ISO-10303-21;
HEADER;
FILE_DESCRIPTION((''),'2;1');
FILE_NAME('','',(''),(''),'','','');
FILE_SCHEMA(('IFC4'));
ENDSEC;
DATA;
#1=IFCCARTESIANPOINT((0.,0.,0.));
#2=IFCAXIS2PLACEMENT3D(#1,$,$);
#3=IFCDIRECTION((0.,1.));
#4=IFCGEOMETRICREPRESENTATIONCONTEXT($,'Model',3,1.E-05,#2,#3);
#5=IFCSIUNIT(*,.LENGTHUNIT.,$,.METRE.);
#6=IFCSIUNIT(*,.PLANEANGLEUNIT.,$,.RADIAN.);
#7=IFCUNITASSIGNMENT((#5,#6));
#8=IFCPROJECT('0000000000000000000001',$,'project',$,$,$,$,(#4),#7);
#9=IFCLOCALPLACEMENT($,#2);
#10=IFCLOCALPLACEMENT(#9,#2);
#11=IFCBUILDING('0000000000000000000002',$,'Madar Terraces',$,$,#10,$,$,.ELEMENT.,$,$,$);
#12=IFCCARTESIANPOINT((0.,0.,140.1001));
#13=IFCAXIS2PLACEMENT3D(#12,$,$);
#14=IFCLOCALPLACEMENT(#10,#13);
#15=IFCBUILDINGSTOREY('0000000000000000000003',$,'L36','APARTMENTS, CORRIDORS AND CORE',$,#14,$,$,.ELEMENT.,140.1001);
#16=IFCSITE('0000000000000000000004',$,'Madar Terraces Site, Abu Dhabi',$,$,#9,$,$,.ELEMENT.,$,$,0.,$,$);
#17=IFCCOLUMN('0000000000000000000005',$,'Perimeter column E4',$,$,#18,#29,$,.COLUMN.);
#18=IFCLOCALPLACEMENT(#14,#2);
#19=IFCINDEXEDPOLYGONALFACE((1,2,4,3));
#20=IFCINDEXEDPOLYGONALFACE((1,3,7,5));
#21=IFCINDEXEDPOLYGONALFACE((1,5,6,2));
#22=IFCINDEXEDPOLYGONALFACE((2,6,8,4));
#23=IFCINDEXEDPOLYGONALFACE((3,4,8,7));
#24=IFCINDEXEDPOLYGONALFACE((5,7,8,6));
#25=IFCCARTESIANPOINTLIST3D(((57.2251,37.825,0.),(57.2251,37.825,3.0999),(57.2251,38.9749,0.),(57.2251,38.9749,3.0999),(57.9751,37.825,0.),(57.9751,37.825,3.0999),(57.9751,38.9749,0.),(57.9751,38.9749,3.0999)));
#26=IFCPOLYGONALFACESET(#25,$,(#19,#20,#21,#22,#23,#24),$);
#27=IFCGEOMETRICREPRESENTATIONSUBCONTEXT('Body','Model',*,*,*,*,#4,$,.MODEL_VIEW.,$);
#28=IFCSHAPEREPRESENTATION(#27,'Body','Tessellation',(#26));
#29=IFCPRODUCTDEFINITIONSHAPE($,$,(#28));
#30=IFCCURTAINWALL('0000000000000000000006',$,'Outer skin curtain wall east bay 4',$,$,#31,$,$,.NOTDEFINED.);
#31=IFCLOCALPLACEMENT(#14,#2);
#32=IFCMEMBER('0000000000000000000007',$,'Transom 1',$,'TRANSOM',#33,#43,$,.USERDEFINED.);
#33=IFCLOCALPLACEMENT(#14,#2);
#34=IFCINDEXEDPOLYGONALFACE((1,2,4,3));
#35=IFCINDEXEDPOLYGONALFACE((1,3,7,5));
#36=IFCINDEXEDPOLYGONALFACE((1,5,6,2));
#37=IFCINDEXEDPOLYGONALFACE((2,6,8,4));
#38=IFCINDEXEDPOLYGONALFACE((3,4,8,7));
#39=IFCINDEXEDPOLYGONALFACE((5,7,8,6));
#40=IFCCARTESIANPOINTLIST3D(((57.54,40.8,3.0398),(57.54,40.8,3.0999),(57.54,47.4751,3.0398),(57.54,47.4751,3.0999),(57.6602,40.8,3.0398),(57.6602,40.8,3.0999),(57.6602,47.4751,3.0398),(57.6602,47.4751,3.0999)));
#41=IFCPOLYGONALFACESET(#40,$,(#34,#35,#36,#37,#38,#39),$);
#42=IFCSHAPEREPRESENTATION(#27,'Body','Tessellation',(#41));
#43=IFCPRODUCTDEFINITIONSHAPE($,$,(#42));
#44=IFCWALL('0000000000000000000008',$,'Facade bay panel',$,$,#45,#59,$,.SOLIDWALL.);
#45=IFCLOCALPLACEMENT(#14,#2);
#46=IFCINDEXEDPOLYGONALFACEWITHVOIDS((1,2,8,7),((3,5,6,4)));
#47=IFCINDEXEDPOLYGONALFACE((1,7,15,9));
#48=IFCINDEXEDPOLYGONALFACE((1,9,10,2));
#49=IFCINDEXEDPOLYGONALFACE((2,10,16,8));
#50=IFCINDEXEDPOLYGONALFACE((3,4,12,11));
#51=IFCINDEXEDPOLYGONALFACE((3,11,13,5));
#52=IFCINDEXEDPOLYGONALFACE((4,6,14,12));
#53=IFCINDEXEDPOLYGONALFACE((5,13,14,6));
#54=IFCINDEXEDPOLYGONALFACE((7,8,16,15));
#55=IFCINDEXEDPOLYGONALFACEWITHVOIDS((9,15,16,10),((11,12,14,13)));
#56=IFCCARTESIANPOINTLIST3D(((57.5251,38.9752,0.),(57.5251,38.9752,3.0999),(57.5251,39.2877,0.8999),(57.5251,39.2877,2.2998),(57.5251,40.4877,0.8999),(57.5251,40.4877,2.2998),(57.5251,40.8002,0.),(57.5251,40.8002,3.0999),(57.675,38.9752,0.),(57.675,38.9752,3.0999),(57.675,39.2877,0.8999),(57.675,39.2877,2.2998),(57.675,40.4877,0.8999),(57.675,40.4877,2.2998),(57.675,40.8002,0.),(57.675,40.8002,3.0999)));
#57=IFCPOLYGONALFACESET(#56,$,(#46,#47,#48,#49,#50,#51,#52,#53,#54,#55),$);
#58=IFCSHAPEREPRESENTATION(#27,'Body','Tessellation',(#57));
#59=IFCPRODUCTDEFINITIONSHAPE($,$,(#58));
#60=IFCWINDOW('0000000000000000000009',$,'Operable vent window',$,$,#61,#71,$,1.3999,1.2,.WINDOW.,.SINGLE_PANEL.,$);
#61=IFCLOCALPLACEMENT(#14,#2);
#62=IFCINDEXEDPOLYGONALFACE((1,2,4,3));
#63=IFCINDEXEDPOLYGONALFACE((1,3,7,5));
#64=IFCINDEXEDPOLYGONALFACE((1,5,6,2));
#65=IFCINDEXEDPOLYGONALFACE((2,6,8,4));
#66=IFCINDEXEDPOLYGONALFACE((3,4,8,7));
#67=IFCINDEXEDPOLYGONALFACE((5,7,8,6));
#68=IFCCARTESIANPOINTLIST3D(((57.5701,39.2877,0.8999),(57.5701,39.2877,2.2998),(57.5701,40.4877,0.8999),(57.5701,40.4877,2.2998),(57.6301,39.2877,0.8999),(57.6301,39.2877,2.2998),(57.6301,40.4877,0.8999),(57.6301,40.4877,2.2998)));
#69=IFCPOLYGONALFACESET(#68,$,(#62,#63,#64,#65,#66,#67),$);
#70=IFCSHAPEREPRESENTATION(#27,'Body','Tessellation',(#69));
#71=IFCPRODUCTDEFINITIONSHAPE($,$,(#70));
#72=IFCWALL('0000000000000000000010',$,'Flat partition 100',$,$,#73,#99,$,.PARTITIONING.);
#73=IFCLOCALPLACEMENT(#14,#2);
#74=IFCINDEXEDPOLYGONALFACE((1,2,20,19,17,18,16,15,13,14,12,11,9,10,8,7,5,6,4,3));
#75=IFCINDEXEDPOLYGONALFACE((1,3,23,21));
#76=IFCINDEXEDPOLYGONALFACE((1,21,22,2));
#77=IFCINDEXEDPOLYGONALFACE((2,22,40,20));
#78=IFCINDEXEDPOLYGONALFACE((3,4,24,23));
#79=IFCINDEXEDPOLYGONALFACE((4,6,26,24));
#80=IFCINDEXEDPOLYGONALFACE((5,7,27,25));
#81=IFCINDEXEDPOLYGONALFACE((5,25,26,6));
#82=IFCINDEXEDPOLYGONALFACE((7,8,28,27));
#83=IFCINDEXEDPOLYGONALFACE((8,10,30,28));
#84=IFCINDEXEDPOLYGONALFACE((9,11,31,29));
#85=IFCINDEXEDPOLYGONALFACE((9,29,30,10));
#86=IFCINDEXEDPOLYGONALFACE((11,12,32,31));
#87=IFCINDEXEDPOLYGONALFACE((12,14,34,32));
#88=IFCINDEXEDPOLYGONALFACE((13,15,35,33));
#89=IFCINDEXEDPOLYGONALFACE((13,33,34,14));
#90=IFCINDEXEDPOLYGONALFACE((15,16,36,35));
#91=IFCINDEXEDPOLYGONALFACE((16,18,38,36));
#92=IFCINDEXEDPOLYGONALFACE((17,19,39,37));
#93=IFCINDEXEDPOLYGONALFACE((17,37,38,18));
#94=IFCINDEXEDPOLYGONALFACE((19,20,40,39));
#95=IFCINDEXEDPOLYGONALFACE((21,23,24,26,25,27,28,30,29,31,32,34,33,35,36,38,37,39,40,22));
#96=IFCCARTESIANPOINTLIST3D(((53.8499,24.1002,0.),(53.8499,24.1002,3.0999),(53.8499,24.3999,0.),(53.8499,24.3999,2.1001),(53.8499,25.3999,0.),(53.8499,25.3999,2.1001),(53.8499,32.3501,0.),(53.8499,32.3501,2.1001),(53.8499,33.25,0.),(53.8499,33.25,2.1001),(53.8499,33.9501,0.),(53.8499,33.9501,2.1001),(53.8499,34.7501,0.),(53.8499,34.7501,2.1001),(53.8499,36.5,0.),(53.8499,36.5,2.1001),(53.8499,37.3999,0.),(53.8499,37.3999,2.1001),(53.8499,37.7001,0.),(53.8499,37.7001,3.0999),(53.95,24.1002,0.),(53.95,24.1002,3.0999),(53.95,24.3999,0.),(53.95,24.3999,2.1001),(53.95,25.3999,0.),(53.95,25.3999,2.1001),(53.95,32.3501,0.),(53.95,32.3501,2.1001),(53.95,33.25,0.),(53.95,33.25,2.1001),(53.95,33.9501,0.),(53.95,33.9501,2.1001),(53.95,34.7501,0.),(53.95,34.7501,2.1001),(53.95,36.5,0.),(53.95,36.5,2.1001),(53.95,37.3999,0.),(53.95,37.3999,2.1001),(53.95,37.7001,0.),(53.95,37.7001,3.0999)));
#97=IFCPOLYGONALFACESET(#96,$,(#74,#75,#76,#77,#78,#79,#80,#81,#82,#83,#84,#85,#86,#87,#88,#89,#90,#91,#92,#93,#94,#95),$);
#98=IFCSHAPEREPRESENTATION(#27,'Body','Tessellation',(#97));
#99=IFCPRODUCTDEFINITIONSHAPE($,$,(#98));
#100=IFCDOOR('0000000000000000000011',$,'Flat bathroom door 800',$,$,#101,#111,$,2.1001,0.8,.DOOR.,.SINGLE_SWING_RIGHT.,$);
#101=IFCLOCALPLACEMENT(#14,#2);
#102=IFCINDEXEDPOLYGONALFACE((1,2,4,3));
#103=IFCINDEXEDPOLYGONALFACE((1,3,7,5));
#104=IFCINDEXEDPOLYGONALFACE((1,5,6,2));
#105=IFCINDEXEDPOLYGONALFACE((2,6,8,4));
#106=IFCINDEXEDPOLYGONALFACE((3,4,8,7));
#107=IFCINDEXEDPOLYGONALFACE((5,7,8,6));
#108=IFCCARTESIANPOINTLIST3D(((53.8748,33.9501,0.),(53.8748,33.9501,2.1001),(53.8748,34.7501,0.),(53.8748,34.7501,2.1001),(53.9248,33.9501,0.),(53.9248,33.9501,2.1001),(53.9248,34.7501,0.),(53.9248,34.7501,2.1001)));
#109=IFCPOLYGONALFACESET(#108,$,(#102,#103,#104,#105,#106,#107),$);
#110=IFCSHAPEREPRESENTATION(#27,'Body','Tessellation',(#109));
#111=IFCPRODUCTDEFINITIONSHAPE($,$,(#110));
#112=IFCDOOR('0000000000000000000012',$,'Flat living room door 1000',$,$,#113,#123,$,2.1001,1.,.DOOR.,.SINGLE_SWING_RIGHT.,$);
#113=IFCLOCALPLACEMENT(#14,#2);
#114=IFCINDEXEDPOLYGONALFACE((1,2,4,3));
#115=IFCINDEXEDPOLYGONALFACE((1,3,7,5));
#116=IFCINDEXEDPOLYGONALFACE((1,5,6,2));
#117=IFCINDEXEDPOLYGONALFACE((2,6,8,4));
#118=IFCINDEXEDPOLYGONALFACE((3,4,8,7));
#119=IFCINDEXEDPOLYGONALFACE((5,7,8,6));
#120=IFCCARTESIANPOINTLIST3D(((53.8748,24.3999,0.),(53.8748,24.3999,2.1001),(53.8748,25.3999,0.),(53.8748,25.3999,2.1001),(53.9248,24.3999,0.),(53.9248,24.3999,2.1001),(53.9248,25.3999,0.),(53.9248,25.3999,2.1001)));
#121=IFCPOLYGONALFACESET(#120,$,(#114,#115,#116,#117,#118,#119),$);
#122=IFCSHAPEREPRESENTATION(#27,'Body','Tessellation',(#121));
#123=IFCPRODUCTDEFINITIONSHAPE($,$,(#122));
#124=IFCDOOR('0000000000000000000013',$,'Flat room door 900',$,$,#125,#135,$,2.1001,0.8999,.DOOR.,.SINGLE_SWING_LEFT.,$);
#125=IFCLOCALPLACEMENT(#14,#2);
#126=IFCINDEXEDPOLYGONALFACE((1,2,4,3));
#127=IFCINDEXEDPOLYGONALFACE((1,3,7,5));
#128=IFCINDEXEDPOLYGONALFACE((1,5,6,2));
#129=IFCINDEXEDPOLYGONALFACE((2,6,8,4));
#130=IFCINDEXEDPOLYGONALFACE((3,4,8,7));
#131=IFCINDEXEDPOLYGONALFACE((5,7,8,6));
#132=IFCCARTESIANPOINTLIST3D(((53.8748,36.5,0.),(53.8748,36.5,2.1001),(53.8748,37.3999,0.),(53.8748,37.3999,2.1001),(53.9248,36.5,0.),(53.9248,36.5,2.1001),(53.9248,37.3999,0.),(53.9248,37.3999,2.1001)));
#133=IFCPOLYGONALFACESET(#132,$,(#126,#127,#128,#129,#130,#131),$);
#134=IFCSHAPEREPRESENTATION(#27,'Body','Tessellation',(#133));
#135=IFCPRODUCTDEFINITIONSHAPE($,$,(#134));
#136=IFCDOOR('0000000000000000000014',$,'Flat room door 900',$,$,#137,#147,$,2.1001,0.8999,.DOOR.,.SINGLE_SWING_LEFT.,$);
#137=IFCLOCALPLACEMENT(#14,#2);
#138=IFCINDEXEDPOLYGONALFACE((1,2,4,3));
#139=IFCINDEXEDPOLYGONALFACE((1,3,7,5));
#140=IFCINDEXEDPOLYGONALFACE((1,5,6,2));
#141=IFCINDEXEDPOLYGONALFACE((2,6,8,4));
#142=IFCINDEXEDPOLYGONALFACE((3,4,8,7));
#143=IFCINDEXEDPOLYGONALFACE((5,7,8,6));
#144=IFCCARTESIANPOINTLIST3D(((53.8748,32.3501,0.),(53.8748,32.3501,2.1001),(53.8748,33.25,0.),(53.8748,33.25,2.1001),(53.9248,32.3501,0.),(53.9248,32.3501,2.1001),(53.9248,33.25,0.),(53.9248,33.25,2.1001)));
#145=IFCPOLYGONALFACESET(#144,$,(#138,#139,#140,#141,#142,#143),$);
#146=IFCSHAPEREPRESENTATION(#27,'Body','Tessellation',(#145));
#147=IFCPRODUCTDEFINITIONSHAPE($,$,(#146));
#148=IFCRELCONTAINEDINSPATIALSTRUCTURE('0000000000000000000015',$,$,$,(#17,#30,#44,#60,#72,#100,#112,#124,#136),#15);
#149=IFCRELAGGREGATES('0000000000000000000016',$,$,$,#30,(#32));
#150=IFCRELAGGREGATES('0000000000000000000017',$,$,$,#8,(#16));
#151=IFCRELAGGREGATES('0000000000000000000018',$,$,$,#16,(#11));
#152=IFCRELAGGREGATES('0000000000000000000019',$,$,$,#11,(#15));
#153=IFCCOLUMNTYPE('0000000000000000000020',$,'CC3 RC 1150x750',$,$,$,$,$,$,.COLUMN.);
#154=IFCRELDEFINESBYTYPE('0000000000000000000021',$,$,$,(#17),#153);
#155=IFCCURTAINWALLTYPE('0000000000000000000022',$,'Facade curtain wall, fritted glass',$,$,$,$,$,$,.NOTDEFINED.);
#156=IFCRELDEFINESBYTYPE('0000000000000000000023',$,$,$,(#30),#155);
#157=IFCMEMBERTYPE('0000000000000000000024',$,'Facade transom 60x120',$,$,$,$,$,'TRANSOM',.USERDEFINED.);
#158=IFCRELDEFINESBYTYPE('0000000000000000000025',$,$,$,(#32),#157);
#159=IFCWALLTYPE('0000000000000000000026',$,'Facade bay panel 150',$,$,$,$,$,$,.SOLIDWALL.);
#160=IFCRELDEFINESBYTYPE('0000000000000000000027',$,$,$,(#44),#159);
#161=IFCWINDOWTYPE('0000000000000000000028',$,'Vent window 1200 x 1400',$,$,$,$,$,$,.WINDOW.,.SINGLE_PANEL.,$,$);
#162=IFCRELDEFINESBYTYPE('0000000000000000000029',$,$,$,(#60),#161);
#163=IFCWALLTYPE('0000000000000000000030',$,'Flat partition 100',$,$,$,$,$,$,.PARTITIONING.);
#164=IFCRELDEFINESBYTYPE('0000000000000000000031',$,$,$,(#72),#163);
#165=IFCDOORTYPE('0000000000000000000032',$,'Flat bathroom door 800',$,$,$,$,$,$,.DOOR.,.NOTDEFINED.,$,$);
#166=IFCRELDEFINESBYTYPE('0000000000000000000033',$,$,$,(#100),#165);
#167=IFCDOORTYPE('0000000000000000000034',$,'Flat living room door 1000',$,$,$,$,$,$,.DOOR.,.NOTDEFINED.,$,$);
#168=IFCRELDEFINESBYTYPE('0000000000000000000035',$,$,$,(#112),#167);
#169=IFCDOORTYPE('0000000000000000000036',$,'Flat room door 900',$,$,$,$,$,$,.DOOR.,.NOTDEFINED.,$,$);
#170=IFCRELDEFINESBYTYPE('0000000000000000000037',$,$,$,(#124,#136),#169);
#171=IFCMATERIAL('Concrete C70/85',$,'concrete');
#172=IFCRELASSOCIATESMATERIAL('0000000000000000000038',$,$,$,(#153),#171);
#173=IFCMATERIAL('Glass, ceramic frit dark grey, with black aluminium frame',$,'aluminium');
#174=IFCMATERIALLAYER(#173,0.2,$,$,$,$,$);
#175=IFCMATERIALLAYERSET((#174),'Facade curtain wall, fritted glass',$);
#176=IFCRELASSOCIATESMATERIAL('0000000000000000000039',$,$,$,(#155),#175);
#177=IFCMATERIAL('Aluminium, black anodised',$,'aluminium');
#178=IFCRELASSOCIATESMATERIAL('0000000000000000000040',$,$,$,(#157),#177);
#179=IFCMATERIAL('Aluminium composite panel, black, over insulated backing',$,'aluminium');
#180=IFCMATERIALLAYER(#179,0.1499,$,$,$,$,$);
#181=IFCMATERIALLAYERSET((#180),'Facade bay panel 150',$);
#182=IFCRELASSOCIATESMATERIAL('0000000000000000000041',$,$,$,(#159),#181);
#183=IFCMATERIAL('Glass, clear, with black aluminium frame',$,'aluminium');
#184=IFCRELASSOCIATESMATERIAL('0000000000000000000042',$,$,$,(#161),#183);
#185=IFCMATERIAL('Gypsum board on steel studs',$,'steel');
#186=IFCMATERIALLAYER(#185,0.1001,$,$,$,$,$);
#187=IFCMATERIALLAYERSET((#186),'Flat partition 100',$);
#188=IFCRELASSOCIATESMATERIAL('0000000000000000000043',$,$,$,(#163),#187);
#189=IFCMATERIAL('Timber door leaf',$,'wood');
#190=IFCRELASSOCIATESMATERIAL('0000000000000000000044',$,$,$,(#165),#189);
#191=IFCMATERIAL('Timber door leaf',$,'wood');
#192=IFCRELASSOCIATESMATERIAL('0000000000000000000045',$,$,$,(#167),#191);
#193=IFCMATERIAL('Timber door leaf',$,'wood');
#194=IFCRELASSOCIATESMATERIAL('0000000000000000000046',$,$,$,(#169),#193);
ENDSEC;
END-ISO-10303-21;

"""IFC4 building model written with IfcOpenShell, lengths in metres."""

from ifc_helpers import new_model, si_unit, direction, frame, frame_2d, origin, origin_2d, place, context, subcontext, project, spatial, rectangle, extrude, material, layer, layer_set, material_profile, profile_set, type_object, element, fill, aggregate, save


model = new_model("IFC4")

# Units and contexts
model_context = context("Model", 3, precision=1e-05, world=origin(), true_north=direction((0.0, 1.0)))
body_context = subcontext(model_context, "Body", "Model", "MODEL_VIEW")
ifc_project = project(units=[si_unit("LENGTHUNIT", "METRE"), si_unit("PLANEANGLEUNIT", "RADIAN")], contexts=[model_context])

# Site, building, storey
site_placement = place(None, origin())
site = spatial("IfcSite", under=ifc_project, at=site_placement, Name="Madar Terraces Site, Abu Dhabi", CompositionType="ELEMENT", RefElevation=0.0)
building_placement = place(site_placement, origin())
building = spatial("IfcBuilding", under=site, at=building_placement, Name="Madar Terraces", CompositionType="ELEMENT")
storey_placement = place(building_placement, frame((0.0, 0.0, 140.1001)))
storey = spatial("IfcBuildingStorey", under=building, at=storey_placement, Name="L36", Description="APARTMENTS, CORRIDORS AND CORE", CompositionType="ELEMENT", Elevation=140.1001)

# Column
ifc_material_1 = material(Name="Concrete C70/85", Category="concrete")
ifc_material_profile_1 = material_profile(ifc_material_1, rectangle(XDim=1.1499, YDim=0.75, at=origin_2d()), Name="CC3 RC 1150x750")
ifc_profile_set_1 = profile_set([ifc_material_profile_1], Name="Concrete C70/85")
column_type = type_object("IfcColumnType", Name="CC3 RC 1150x750", PredefinedType="COLUMN", material=ifc_profile_set_1)
column_placement = place(storey_placement, frame((57.6001, 38.3999, 0.0), z_axis=(0.0, 0.0, 1.0), x_axis=(0.0, 1.0, 0.0)))
element("IfcColumn", 1, at=column_placement, inside=storey, type_object=column_type, Name="Perimeter column E4", PredefinedType="COLUMN", context=body_context, shape_type="SweptSolid", body=[
    extrude(rectangle(XDim=1.1499, YDim=0.75, at=origin_2d()), origin(), (0.0, 0.0, 1.0), 3.0999),
])

# Curtain wall, member
ifc_material_2 = material(Name="Glass, ceramic frit dark grey, with black aluminium frame", Category="aluminium")
ifc_layer_1 = layer(ifc_material_2, 0.2)
ifc_layer_set_1 = layer_set([ifc_layer_1], Name="Facade curtain wall, fritted glass")
curtain_wall_type = type_object("IfcCurtainWallType", Name="Facade curtain wall, fritted glass", PredefinedType="NOTDEFINED", material=ifc_layer_set_1)
curtain_wall_placement = place(storey_placement, origin())
curtain_wall = element("IfcCurtainWall", 2, at=curtain_wall_placement, inside=storey, type_object=curtain_wall_type, Name="Outer skin curtain wall east bay 4", PredefinedType="NOTDEFINED")
ifc_material_3 = material(Name="Aluminium, black anodised", Category="aluminium")
ifc_material_profile_2 = material_profile(ifc_material_3, rectangle(XDim=0.1201, YDim=0.0601, at=origin_2d()), Name="Facade transom 60x120")
ifc_profile_set_2 = profile_set([ifc_material_profile_2], Name="Aluminium, black anodised")
member_type = type_object("IfcMemberType", Name="Facade transom 60x120", ElementType="TRANSOM", PredefinedType="USERDEFINED", material=ifc_profile_set_2)
member_placement = place(storey_placement, frame((57.6001, 40.8, 3.0698), z_axis=(0.0, 1.0, 0.0), x_axis=(-1.0, 0.0, 0.0)))
member = element("IfcMember", 3, at=member_placement, type_object=member_type, Name="Transom 1", ObjectType="TRANSOM", PredefinedType="USERDEFINED", context=body_context, shape_type="SweptSolid", body=[
    extrude(rectangle(XDim=0.1201, YDim=0.0601, at=origin_2d()), origin(), (0.0, 0.0, 1.0), 6.675),
])
aggregate(curtain_wall, [member])

# Wall, opening, window
ifc_material_4 = material(Name="Aluminium composite panel, black, over insulated backing", Category="aluminium")
ifc_layer_2 = layer(ifc_material_4, 0.1499)
ifc_layer_set_2 = layer_set([ifc_layer_2], Name="Facade bay panel 150")
wall_type_1 = type_object("IfcWallType", Name="Facade bay panel 150", PredefinedType="SOLIDWALL", material=ifc_layer_set_2)
wall_1_placement = place(storey_placement, frame((57.6001, 38.9751, 0.0), z_axis=(0.0, 0.0, 1.0), x_axis=(0.0, 1.0, 0.0)))
wall_1 = element("IfcWall", 4, at=wall_1_placement, inside=storey, type_object=wall_type_1, Name="Facade bay panel", PredefinedType="SOLIDWALL", context=body_context, shape_type="SweptSolid", body=[
    extrude(rectangle(XDim=1.825, YDim=0.1499, at=frame_2d((0.9126, 0.0))), origin(), (0.0, 0.0, 1.0), 3.0999),
])
opening_1_placement = place(wall_1_placement, frame((0.3125, 0.0, 0.8999)))
opening_1 = element("IfcOpeningElement", 5, at=opening_1_placement, cuts=wall_1, PredefinedType="OPENING", context=body_context, shape_type="SweptSolid", body=[
    extrude(rectangle(XDim=1.2, YDim=1.3999, at=frame_2d((0.6001, 0.7))), frame((0.0, 0.085, 0.0), z_axis=(0.0, -1.0, 0.0), x_axis=(1.0, 0.0, 0.0)), (0.0, 0.0, 1.0), 0.1699),
])
ifc_material_5 = material(Name="Glass, clear, with black aluminium frame", Category="aluminium")
window_type = type_object("IfcWindowType", Name="Vent window 1200 x 1400", PartitioningType="SINGLE_PANEL", PredefinedType="WINDOW", material=ifc_material_5)
window_placement = place(opening_1_placement, origin())
window = element("IfcWindow", 6, at=window_placement, inside=storey, type_object=window_type, Name="Operable vent window", OverallHeight=1.3999, OverallWidth=1.2, PartitioningType="SINGLE_PANEL", PredefinedType="WINDOW", context=body_context, shape_type="SweptSolid", body=[
    extrude(rectangle(XDim=1.2, YDim=1.3999, at=frame_2d((0.6001, 0.7))), frame((0.0, 0.03, 0.0), z_axis=(0.0, -1.0, 0.0), x_axis=(1.0, 0.0, 0.0)), (0.0, 0.0, 1.0), 0.0601),
])
fill(opening_1, window)

# Wall, openings, doors
ifc_material_6 = material(Name="Gypsum board on steel studs", Category="steel")
ifc_layer_3 = layer(ifc_material_6, 0.1001)
ifc_layer_set_3 = layer_set([ifc_layer_3], Name="Flat partition 100")
wall_type_2 = type_object("IfcWallType", Name="Flat partition 100", PredefinedType="PARTITIONING", material=ifc_layer_set_3)
wall_2_placement = place(storey_placement, frame((53.8999, 37.7, 0.0), z_axis=(0.0, 0.0, 1.0), x_axis=(0.0, -1.0, 0.0)))
wall_2 = element("IfcWall", 7, at=wall_2_placement, inside=storey, type_object=wall_type_2, Name="Flat partition 100", PredefinedType="PARTITIONING", context=body_context, shape_type="SweptSolid", body=[
    extrude(rectangle(XDim=13.5999, YDim=0.1001, at=frame_2d((6.7998, 0.0))), origin(), (0.0, 0.0, 1.0), 3.0999),
])
opening_2_placement = place(wall_2_placement, frame((0.3, 0.0, 0.0)))
opening_2 = element("IfcOpeningElement", 8, at=opening_2_placement, cuts=wall_2, PredefinedType="OPENING", context=body_context, shape_type="SweptSolid", body=[
    extrude(rectangle(XDim=0.8999, YDim=2.1001, at=frame_2d((0.45, 1.05))), frame((0.0, 0.0601, 0.0), z_axis=(0.0, -1.0, 0.0), x_axis=(1.0, 0.0, 0.0)), (0.0, 0.0, 1.0), 0.1201),
])
opening_3_placement = place(wall_2_placement, frame((2.95, 0.0, 0.0)))
opening_3 = element("IfcOpeningElement", 9, at=opening_3_placement, cuts=wall_2, PredefinedType="OPENING", context=body_context, shape_type="SweptSolid", body=[
    extrude(rectangle(XDim=0.8, YDim=2.1001, at=frame_2d((0.3999, 1.05))), frame((0.0, 0.0601, 0.0), z_axis=(0.0, -1.0, 0.0), x_axis=(1.0, 0.0, 0.0)), (0.0, 0.0, 1.0), 0.1201),
])
opening_4_placement = place(wall_2_placement, frame((4.45, 0.0, 0.0)))
opening_4 = element("IfcOpeningElement", 10, at=opening_4_placement, cuts=wall_2, PredefinedType="OPENING", context=body_context, shape_type="SweptSolid", body=[
    extrude(rectangle(XDim=0.8999, YDim=2.1001, at=frame_2d((0.45, 1.05))), frame((0.0, 0.0601, 0.0), z_axis=(0.0, -1.0, 0.0), x_axis=(1.0, 0.0, 0.0)), (0.0, 0.0, 1.0), 0.1201),
])
opening_5_placement = place(wall_2_placement, frame((12.3, 0.0, 0.0)))
opening_5 = element("IfcOpeningElement", 11, at=opening_5_placement, cuts=wall_2, PredefinedType="OPENING", context=body_context, shape_type="SweptSolid", body=[
    extrude(rectangle(XDim=1.0, YDim=2.1001, at=frame_2d((0.5, 1.05))), frame((0.0, 0.0601, 0.0), z_axis=(0.0, -1.0, 0.0), x_axis=(1.0, 0.0, 0.0)), (0.0, 0.0, 1.0), 0.1201),
])
ifc_material_7 = material(Name="Timber door leaf", Category="wood")
door_type_1 = type_object("IfcDoorType", Name="Flat bathroom door 800", OperationType="NOTDEFINED", PredefinedType="DOOR", material=ifc_material_7)
door_1_placement = place(opening_3_placement, origin())
door_1 = element("IfcDoor", 12, at=door_1_placement, inside=storey, type_object=door_type_1, Name="Flat bathroom door 800", OperationType="SINGLE_SWING_RIGHT", OverallHeight=2.1001, OverallWidth=0.8, PredefinedType="DOOR", context=body_context, shape_type="SweptSolid", body=[
    extrude(rectangle(XDim=0.8, YDim=2.1001, at=frame_2d((0.3999, 1.05))), frame((0.0, 0.0249, 0.0), z_axis=(0.0, -1.0, 0.0), x_axis=(1.0, 0.0, 0.0)), (0.0, 0.0, 1.0), 0.05),
])
fill(opening_3, door_1)
ifc_material_8 = material(Name="Timber door leaf", Category="wood")
door_type_2 = type_object("IfcDoorType", Name="Flat living room door 1000", OperationType="NOTDEFINED", PredefinedType="DOOR", material=ifc_material_8)
door_2_placement = place(opening_5_placement, origin())
door_2 = element("IfcDoor", 13, at=door_2_placement, inside=storey, type_object=door_type_2, Name="Flat living room door 1000", OperationType="SINGLE_SWING_RIGHT", OverallHeight=2.1001, OverallWidth=1.0, PredefinedType="DOOR", context=body_context, shape_type="SweptSolid", body=[
    extrude(rectangle(XDim=1.0, YDim=2.1001, at=frame_2d((0.5, 1.05))), frame((0.0, 0.0249, 0.0), z_axis=(0.0, -1.0, 0.0), x_axis=(1.0, 0.0, 0.0)), (0.0, 0.0, 1.0), 0.05),
])
fill(opening_5, door_2)
ifc_material_9 = material(Name="Timber door leaf", Category="wood")
door_type_3 = type_object("IfcDoorType", Name="Flat room door 900", OperationType="NOTDEFINED", PredefinedType="DOOR", material=ifc_material_9)
door_3_placement = place(opening_2_placement, origin())
door_3 = element("IfcDoor", 14, at=door_3_placement, inside=storey, type_object=door_type_3, Name="Flat room door 900", OperationType="SINGLE_SWING_LEFT", OverallHeight=2.1001, OverallWidth=0.8999, PredefinedType="DOOR", context=body_context, shape_type="SweptSolid", body=[
    extrude(rectangle(XDim=0.8999, YDim=2.1001, at=frame_2d((0.45, 1.05))), frame((0.0, 0.0249, 0.0), z_axis=(0.0, -1.0, 0.0), x_axis=(1.0, 0.0, 0.0)), (0.0, 0.0, 1.0), 0.05),
])
fill(opening_2, door_3)
door_4_placement = place(opening_4_placement, origin())
door_4 = element("IfcDoor", 15, at=door_4_placement, inside=storey, type_object=door_type_3, Name="Flat room door 900", OperationType="SINGLE_SWING_LEFT", OverallHeight=2.1001, OverallWidth=0.8999, PredefinedType="DOOR", context=body_context, shape_type="SweptSolid", body=[
    extrude(rectangle(XDim=0.8999, YDim=2.1001, at=frame_2d((0.45, 1.05))), frame((0.0, 0.0249, 0.0), z_axis=(0.0, -1.0, 0.0), x_axis=(1.0, 0.0, 0.0)), (0.0, 0.0, 1.0), 0.05),
])
fill(opening_4, door_4)

save(model, "model.ifc")
